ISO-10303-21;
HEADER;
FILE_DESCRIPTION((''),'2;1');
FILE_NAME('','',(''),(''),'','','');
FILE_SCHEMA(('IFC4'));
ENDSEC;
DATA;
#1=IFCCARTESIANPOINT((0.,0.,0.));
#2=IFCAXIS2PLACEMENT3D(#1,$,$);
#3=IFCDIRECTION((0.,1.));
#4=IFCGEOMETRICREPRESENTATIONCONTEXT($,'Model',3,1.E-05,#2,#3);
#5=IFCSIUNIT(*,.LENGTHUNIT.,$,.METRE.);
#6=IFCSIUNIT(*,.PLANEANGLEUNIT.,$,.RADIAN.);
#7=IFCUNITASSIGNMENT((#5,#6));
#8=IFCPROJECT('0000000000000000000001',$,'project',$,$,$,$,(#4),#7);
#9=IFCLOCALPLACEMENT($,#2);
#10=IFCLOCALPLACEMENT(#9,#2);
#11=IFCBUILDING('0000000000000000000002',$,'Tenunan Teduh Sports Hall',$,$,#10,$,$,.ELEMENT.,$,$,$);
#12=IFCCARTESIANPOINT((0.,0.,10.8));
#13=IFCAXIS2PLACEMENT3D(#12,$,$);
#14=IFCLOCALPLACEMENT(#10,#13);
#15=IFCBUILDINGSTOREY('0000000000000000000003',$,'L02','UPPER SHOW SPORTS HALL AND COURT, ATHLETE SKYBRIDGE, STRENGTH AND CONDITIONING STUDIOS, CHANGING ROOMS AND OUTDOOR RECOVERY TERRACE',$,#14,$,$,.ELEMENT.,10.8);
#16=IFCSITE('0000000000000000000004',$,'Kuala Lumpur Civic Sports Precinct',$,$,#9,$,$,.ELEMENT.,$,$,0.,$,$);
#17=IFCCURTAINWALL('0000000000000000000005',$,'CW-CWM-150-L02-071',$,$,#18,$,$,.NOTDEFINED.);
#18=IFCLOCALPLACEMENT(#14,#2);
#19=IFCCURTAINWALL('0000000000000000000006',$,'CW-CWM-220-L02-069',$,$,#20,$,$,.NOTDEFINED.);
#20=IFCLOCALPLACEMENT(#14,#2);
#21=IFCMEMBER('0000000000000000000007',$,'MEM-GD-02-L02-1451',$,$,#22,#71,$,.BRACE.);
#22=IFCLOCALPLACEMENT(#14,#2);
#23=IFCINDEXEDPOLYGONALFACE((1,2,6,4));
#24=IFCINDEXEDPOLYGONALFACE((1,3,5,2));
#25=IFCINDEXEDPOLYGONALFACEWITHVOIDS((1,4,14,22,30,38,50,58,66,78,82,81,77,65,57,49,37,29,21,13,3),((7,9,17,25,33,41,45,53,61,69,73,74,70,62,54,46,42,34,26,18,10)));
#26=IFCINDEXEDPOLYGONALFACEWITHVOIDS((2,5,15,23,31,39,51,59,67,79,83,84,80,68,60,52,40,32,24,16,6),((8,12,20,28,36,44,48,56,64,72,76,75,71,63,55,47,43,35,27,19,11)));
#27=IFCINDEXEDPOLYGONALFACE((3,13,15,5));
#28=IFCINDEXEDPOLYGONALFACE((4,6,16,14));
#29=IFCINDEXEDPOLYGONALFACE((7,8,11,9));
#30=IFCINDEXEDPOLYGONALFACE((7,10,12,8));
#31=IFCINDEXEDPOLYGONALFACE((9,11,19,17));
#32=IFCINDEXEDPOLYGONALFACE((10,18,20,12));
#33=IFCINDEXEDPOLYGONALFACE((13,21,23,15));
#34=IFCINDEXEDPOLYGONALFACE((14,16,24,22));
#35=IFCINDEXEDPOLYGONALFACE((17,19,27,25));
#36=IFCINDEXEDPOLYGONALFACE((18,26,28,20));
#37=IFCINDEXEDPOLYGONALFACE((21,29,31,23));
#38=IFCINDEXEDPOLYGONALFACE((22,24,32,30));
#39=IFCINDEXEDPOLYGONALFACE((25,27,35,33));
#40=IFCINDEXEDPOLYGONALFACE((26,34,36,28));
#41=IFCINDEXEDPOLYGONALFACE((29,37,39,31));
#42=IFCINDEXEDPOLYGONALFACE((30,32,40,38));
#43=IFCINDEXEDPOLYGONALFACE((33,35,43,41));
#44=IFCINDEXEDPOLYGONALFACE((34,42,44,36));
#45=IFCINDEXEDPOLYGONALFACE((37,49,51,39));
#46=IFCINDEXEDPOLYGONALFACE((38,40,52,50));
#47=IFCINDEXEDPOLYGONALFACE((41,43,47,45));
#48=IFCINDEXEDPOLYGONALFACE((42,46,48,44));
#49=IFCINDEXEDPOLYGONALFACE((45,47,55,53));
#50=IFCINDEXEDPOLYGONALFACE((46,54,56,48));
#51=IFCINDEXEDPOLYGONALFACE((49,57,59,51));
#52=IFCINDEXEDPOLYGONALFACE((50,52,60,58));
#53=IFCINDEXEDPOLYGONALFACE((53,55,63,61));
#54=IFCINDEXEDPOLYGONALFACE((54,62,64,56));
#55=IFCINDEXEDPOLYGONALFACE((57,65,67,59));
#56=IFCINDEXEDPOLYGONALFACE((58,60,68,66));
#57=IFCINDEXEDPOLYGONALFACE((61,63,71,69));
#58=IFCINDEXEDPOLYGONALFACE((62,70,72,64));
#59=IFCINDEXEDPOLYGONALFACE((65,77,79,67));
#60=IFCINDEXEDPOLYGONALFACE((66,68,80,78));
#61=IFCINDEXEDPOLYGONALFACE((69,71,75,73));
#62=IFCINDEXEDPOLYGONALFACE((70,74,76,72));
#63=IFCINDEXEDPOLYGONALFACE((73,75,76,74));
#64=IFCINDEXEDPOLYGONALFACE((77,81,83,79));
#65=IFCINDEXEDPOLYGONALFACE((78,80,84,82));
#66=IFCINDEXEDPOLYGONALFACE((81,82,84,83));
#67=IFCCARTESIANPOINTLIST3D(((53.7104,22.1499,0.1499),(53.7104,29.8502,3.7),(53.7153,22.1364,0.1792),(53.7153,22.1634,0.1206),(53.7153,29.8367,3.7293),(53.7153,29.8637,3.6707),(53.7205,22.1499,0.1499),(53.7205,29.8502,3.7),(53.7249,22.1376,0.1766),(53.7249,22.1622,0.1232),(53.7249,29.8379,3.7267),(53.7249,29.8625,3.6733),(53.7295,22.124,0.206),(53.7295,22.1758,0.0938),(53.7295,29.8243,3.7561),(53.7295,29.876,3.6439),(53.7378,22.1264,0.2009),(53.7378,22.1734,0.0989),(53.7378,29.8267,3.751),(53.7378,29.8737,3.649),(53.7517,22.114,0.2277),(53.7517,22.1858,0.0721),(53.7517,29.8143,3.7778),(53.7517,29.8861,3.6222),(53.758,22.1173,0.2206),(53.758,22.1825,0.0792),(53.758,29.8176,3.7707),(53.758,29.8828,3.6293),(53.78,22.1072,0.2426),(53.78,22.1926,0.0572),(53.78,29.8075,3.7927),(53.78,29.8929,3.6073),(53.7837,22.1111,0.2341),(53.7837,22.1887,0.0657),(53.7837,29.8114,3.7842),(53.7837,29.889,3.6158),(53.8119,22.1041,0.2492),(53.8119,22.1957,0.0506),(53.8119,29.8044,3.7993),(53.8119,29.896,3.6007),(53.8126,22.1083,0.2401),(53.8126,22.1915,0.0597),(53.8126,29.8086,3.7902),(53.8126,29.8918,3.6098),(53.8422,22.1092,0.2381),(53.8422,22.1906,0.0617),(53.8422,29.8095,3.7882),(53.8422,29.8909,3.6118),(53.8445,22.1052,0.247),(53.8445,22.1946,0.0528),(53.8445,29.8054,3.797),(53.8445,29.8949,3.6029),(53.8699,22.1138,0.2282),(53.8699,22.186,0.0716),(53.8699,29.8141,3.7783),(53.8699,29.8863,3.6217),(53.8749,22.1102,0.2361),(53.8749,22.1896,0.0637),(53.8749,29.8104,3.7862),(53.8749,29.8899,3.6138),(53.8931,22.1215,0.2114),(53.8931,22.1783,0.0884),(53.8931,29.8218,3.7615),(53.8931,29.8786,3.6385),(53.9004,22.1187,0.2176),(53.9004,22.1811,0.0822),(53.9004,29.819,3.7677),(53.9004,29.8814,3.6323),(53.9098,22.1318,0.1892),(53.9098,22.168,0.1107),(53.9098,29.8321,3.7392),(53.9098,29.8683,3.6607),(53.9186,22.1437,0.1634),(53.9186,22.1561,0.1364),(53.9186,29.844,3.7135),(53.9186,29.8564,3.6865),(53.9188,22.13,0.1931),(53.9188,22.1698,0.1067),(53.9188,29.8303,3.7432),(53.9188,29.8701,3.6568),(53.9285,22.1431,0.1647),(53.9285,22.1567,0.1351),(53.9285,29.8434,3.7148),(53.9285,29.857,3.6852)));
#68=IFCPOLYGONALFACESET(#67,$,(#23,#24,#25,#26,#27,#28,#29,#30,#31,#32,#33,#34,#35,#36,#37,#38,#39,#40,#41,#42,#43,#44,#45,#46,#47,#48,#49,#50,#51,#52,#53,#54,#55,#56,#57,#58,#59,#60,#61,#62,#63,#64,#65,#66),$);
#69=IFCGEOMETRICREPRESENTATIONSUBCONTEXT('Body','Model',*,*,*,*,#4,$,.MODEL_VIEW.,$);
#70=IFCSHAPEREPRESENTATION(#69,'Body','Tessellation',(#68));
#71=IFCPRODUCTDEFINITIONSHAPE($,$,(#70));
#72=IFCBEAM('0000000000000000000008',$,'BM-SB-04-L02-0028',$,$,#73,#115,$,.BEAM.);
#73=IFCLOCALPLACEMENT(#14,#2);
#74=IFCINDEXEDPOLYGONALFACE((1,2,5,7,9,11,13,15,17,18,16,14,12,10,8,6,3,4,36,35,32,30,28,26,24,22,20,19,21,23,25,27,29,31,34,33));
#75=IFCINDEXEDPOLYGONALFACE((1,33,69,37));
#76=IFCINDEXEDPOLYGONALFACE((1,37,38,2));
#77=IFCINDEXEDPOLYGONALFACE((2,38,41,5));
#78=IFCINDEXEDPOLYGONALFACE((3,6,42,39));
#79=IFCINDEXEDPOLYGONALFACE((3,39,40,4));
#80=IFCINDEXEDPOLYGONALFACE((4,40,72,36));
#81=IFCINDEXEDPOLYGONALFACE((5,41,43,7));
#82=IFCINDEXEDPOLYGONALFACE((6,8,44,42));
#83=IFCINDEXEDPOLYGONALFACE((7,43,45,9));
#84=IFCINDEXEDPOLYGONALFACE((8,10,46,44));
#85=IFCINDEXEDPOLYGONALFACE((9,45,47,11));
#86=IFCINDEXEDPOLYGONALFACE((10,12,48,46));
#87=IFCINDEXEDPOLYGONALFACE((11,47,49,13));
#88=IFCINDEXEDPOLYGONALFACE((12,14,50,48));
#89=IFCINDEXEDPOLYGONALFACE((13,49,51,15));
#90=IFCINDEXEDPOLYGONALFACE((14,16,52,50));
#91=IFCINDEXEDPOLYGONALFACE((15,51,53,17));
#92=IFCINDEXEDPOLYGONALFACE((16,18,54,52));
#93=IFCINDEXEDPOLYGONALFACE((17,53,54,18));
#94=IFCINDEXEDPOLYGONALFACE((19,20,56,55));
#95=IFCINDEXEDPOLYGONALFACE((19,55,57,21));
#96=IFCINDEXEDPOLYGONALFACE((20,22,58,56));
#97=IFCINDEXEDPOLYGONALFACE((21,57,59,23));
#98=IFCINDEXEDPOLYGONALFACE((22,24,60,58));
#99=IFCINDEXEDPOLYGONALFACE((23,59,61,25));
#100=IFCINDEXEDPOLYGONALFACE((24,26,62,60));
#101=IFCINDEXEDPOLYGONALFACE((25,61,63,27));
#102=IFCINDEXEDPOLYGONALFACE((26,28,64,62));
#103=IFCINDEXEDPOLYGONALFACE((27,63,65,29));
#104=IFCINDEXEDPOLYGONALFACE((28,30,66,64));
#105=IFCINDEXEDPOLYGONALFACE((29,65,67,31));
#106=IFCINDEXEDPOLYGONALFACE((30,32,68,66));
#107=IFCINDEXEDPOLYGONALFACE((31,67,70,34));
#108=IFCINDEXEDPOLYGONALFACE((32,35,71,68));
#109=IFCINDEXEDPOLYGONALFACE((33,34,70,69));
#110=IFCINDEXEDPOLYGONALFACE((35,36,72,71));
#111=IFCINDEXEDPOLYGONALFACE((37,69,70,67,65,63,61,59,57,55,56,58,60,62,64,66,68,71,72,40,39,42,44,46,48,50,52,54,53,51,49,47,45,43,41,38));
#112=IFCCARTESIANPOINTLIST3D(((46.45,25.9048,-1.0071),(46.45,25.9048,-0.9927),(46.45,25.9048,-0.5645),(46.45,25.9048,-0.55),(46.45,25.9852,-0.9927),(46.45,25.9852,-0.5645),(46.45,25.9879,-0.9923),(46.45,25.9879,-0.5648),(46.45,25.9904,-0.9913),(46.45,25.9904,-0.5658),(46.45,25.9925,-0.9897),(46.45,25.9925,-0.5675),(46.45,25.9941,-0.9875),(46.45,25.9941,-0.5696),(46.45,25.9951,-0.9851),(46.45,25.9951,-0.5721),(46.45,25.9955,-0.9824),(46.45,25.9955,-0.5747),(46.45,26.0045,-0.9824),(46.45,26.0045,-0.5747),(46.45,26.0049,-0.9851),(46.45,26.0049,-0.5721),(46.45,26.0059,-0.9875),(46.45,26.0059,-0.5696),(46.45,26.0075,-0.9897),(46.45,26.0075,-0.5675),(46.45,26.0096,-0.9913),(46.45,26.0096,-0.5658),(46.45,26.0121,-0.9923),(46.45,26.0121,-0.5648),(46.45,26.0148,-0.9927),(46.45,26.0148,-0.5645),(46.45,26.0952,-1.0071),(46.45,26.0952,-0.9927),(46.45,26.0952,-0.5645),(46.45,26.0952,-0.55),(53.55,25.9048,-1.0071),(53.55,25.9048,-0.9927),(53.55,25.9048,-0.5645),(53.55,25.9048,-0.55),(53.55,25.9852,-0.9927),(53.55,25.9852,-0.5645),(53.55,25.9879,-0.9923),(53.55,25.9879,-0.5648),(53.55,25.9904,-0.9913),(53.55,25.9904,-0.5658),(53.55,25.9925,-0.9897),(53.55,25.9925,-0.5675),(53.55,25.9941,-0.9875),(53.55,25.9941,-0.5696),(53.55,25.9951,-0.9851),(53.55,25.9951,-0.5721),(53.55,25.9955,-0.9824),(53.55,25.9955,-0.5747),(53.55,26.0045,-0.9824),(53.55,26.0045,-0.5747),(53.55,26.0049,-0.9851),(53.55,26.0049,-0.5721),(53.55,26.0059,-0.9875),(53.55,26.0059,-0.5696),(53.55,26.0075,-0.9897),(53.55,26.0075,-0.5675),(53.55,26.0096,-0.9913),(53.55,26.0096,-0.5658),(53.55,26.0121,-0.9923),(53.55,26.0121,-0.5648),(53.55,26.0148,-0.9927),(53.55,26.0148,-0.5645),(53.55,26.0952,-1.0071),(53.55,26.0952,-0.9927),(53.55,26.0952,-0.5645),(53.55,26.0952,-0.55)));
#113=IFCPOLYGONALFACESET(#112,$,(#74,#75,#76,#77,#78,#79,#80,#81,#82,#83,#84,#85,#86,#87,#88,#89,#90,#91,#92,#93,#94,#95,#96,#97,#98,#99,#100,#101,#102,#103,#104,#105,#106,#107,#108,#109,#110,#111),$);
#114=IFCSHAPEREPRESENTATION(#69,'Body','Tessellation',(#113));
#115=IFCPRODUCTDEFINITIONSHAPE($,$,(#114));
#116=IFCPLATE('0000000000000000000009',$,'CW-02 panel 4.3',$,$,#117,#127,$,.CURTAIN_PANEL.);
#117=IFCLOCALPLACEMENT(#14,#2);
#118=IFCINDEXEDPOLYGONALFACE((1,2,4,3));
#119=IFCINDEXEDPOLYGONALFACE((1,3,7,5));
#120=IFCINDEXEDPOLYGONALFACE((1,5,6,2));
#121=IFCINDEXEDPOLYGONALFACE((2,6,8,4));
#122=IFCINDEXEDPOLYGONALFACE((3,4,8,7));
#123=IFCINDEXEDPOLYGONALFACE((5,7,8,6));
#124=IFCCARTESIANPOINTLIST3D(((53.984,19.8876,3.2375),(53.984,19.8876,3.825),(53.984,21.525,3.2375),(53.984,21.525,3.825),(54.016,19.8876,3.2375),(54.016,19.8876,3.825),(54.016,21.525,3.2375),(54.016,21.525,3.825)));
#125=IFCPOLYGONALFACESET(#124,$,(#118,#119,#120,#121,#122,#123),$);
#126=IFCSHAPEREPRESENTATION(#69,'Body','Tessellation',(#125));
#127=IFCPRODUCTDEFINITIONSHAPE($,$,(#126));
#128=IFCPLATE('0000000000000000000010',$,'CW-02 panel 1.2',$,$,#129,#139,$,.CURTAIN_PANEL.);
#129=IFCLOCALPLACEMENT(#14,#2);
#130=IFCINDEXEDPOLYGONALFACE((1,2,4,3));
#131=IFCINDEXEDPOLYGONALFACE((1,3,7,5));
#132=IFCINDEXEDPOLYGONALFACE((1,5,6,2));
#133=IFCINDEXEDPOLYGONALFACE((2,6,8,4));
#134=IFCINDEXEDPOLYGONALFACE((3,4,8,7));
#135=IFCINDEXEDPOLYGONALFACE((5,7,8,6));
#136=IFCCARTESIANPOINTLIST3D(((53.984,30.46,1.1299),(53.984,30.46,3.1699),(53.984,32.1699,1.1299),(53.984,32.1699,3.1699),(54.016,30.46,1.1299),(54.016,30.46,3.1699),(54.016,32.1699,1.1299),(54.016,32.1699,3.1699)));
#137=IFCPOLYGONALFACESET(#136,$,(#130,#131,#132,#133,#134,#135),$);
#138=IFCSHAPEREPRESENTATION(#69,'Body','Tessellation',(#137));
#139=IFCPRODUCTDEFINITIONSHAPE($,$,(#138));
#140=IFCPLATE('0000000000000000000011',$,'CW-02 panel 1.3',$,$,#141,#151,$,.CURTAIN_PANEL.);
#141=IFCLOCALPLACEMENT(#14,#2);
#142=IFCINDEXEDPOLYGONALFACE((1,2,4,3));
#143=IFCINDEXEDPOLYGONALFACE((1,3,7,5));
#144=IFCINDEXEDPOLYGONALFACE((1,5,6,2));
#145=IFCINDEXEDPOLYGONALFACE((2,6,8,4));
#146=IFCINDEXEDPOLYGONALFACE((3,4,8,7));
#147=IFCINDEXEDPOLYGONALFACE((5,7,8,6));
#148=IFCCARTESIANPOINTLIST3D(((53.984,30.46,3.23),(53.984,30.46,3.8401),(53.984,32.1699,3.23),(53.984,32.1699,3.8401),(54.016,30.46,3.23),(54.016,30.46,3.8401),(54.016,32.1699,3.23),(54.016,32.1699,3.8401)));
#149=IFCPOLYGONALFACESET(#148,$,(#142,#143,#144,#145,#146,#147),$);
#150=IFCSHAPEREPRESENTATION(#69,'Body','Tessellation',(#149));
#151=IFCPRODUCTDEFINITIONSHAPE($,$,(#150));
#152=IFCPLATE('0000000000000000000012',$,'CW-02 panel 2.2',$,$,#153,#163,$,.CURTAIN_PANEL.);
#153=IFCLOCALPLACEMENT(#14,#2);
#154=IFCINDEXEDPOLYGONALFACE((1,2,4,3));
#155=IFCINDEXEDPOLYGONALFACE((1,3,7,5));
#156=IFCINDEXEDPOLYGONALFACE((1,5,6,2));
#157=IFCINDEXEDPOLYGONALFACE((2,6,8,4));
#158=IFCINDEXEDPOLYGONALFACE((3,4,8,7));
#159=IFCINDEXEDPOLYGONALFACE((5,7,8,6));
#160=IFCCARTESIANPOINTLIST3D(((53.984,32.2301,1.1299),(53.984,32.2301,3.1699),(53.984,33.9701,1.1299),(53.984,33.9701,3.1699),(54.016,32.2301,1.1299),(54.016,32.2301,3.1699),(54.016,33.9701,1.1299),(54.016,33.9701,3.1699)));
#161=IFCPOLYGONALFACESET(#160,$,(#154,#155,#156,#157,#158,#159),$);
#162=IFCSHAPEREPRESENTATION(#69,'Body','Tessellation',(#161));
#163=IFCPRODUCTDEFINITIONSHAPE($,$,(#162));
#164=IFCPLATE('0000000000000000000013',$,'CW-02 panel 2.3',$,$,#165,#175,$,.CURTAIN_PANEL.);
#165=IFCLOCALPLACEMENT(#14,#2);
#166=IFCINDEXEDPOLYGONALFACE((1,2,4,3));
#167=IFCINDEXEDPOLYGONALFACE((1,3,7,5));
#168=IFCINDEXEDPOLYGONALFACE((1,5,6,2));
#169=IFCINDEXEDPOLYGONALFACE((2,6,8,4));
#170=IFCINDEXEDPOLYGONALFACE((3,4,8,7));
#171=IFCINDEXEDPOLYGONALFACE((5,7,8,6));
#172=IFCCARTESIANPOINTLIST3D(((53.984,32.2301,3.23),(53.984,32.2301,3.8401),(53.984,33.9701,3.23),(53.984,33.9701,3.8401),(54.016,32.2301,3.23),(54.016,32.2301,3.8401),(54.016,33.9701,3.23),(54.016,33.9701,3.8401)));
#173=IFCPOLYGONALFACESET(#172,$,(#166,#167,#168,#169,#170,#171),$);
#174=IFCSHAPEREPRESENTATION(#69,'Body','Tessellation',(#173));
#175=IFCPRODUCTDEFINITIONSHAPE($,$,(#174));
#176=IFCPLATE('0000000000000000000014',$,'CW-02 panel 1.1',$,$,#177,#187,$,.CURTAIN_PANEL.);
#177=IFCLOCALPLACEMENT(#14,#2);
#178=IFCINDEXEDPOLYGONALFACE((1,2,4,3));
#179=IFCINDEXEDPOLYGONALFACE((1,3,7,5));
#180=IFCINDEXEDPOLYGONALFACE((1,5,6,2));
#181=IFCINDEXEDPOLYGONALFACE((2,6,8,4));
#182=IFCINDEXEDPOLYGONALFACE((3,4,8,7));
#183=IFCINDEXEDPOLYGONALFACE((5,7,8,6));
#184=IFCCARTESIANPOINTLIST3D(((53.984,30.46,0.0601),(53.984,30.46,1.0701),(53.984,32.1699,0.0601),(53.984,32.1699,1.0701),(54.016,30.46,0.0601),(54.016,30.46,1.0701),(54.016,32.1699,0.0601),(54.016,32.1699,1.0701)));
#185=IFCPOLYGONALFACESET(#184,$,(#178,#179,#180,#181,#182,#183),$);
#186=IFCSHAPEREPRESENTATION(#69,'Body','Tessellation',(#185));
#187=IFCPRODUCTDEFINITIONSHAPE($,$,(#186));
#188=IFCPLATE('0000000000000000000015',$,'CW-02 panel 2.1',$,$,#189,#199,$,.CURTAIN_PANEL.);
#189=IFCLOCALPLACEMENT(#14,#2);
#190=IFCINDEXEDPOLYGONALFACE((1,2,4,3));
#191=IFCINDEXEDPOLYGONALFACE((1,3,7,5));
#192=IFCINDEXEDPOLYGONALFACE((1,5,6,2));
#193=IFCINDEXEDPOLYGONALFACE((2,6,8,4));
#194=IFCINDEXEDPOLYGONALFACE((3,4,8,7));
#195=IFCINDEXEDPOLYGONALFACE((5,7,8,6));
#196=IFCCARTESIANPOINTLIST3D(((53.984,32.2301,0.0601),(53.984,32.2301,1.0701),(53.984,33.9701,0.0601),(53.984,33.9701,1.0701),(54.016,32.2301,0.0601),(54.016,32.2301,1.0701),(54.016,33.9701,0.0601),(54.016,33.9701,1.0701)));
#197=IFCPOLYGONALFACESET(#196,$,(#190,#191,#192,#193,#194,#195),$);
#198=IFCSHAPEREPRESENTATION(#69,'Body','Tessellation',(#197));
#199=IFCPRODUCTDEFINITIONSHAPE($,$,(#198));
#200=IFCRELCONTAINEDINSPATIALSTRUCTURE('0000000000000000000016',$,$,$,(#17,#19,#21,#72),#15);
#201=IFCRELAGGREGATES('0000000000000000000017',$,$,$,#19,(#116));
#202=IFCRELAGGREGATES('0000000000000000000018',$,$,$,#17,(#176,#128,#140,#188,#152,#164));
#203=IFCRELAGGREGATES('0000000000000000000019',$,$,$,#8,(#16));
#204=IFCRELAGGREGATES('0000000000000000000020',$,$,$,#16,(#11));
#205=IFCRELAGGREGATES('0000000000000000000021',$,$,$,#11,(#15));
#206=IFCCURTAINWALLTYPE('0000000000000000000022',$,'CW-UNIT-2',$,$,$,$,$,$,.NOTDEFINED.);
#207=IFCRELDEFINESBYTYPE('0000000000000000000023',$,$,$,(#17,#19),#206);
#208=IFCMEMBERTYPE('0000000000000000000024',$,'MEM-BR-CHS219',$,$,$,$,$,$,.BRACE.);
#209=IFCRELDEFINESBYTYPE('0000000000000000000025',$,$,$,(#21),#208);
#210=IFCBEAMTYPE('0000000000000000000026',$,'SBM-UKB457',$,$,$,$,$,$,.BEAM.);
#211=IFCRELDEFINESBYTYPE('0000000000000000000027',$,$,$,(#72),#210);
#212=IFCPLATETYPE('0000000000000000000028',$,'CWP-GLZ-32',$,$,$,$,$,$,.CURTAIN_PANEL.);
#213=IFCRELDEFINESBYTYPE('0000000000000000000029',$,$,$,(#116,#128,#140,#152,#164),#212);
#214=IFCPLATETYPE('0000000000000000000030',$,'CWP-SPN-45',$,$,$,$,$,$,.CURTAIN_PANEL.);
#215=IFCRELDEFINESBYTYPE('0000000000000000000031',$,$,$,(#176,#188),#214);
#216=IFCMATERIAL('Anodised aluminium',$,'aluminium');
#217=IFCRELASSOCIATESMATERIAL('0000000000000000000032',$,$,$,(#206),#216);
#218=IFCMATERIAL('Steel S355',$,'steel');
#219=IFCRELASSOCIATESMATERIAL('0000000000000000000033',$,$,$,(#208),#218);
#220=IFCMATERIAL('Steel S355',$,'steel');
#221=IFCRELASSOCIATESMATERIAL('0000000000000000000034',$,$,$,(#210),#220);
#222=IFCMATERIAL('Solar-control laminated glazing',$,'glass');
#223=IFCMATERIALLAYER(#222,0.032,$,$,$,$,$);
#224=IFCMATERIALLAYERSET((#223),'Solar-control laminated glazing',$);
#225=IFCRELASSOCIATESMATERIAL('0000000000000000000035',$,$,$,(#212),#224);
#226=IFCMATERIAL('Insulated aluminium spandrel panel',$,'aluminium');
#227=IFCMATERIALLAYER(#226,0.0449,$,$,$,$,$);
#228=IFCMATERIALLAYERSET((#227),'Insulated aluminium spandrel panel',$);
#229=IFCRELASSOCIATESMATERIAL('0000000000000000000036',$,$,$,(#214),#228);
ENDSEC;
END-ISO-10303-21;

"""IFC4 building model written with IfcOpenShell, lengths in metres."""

from ifc_helpers import new_model, si_unit, direction, frame, origin, origin_2d, place, context, subcontext, project, spatial, rectangle, hollow_circle, i_section, extrude, material, layer, layer_set, material_profile, profile_set, type_object, element, aggregate, save


model = new_model("IFC4")

# Units and contexts
model_context = context("Model", 3, precision=1e-05, world=origin(), true_north=direction((0.0, 1.0)))
body_context = subcontext(model_context, "Body", "Model", "MODEL_VIEW")
ifc_project = project(units=[si_unit("LENGTHUNIT", "METRE"), si_unit("PLANEANGLEUNIT", "RADIAN")], contexts=[model_context])

# Site, building, storey
site_placement = place(None, origin())
site = spatial("IfcSite", under=ifc_project, at=site_placement, Name="Kuala Lumpur Civic Sports Precinct", CompositionType="ELEMENT", RefElevation=0.0)
building_placement = place(site_placement, origin())
building = spatial("IfcBuilding", under=site, at=building_placement, Name="Tenunan Teduh Sports Hall", CompositionType="ELEMENT")
storey_placement = place(building_placement, frame((0.0, 0.0, 10.8)))
storey = spatial("IfcBuildingStorey", under=building, at=storey_placement, Name="L02", Description="UPPER SHOW SPORTS HALL AND COURT, ATHLETE SKYBRIDGE, STRENGTH AND CONDITIONING STUDIOS, CHANGING ROOMS AND OUTDOOR RECOVERY TERRACE", CompositionType="ELEMENT", Elevation=10.8)

# Curtain wall
ifc_material_1 = material(Name="Anodised aluminium", Category="aluminium")
curtain_wall_type = type_object("IfcCurtainWallType", Name="CW-UNIT-2", PredefinedType="NOTDEFINED", material=ifc_material_1)
curtain_wall_1_placement = place(storey_placement, origin())
curtain_wall_1 = element("IfcCurtainWall", 1, at=curtain_wall_1_placement, inside=storey, type_object=curtain_wall_type, Name="CW-CWM-150-L02-071", PredefinedType="NOTDEFINED")

# Curtain wall
curtain_wall_2_placement = place(storey_placement, origin())
curtain_wall_2 = element("IfcCurtainWall", 2, at=curtain_wall_2_placement, inside=storey, type_object=curtain_wall_type, Name="CW-CWM-220-L02-069", PredefinedType="NOTDEFINED")

# Member
ifc_material_2 = material(Name="Steel S355", Category="steel")
ifc_material_profile_1 = material_profile(ifc_material_2, hollow_circle(Radius=0.1096, WallThickness=0.01, at=origin_2d()), Name="CHS 219.1x10.0")
ifc_profile_set_1 = profile_set([ifc_material_profile_1], Name="Steel S355")
member_type_1 = type_object("IfcMemberType", Name="MEM-BR-CHS219", PredefinedType="BRACE", material=ifc_profile_set_1)
member_1_placement = place(storey_placement, frame((53.8201, 22.1499, 0.1499), z_axis=(0.0, 0.908134, 0.41868), x_axis=(-1.0, 0.0, 0.0)))
element("IfcMember", 3, at=member_1_placement, inside=storey, type_object=member_type_1, Name="MEM-GD-02-L02-1451", PredefinedType="BRACE", context=body_context, shape_type="SweptSolid", body=[
    extrude(hollow_circle(Radius=0.1096, WallThickness=0.01, at=origin_2d()), origin(), (0.0, 0.0, 1.0), 8.4792),
])

# Beam
ifc_material_3 = material(Name="Steel S355", Category="steel")
ifc_material_profile_2 = material_profile(ifc_material_3, i_section(OverallWidth=0.1904, OverallDepth=0.457, WebThickness=0.009, FlangeThickness=0.0144, FilletRadius=0.0103, at=origin_2d()), Name="UKB 457x191x74")
ifc_profile_set_2 = profile_set([ifc_material_profile_2], Name="Steel S355")
beam_type = type_object("IfcBeamType", Name="SBM-UKB457", PredefinedType="BEAM", material=ifc_profile_set_2)
beam_placement = place(storey_placement, frame((46.45, 26.0, -0.7786), z_axis=(1.0, 0.0, 0.0), x_axis=(0.0, 1.0, 0.0)))
element("IfcBeam", 4, at=beam_placement, inside=storey, type_object=beam_type, Name="BM-SB-04-L02-0028", PredefinedType="BEAM", context=body_context, shape_type="SweptSolid", body=[
    extrude(i_section(OverallWidth=0.1904, OverallDepth=0.457, WebThickness=0.009, FlangeThickness=0.0144, FilletRadius=0.0103, at=origin_2d()), origin(), (0.0, 0.0, 1.0), 7.1001),
])

# Plates
ifc_material_4 = material(Name="Solar-control laminated glazing", Category="glass")
ifc_layer_1 = layer(ifc_material_4, 0.032)
ifc_layer_set_1 = layer_set([ifc_layer_1], Name="Solar-control laminated glazing")
plate_type_1 = type_object("IfcPlateType", Name="CWP-GLZ-32", PredefinedType="CURTAIN_PANEL", material=ifc_layer_set_1)
plate_1_placement = place(storey_placement, frame((54.0, 20.7063, 3.2375), z_axis=(0.0, 0.0, 1.0), x_axis=(0.0, 1.0, 0.0)))
plate_1 = element("IfcPlate", 5, at=plate_1_placement, type_object=plate_type_1, Name="CW-02 panel 4.3", PredefinedType="CURTAIN_PANEL", context=body_context, shape_type="SweptSolid", body=[
    extrude(rectangle(XDim=1.6375, YDim=0.032, at=origin_2d()), origin(), (0.0, 0.0, 1.0), 0.5874),
])
aggregate(curtain_wall_2, [plate_1])
plate_2_placement = place(storey_placement, frame((54.0, 31.3149, 1.1299), z_axis=(0.0, 0.0, 1.0), x_axis=(0.0, 1.0, 0.0)))
plate_2 = element("IfcPlate", 6, at=plate_2_placement, type_object=plate_type_1, Name="CW-02 panel 1.2", PredefinedType="CURTAIN_PANEL", context=body_context, shape_type="SweptSolid", body=[
    extrude(rectangle(XDim=1.71, YDim=0.032, at=origin_2d()), origin(), (0.0, 0.0, 1.0), 2.04),
])
plate_3_placement = place(storey_placement, frame((54.0, 31.3149, 3.23), z_axis=(0.0, 0.0, 1.0), x_axis=(0.0, 1.0, 0.0)))
plate_3 = element("IfcPlate", 7, at=plate_3_placement, type_object=plate_type_1, Name="CW-02 panel 1.3", PredefinedType="CURTAIN_PANEL", context=body_context, shape_type="SweptSolid", body=[
    extrude(rectangle(XDim=1.71, YDim=0.032, at=origin_2d()), origin(), (0.0, 0.0, 1.0), 0.6101),
])
plate_4_placement = place(storey_placement, frame((54.0, 33.1001, 1.1299), z_axis=(0.0, 0.0, 1.0), x_axis=(0.0, 1.0, 0.0)))
plate_4 = element("IfcPlate", 8, at=plate_4_placement, type_object=plate_type_1, Name="CW-02 panel 2.2", PredefinedType="CURTAIN_PANEL", context=body_context, shape_type="SweptSolid", body=[
    extrude(rectangle(XDim=1.74, YDim=0.032, at=origin_2d()), origin(), (0.0, 0.0, 1.0), 2.04),
])
plate_5_placement = place(storey_placement, frame((54.0, 33.1001, 3.23), z_axis=(0.0, 0.0, 1.0), x_axis=(0.0, 1.0, 0.0)))
plate_5 = element("IfcPlate", 9, at=plate_5_placement, type_object=plate_type_1, Name="CW-02 panel 2.3", PredefinedType="CURTAIN_PANEL", context=body_context, shape_type="SweptSolid", body=[
    extrude(rectangle(XDim=1.74, YDim=0.032, at=origin_2d()), origin(), (0.0, 0.0, 1.0), 0.6101),
])
ifc_material_5 = material(Name="Insulated aluminium spandrel panel", Category="aluminium")
ifc_layer_2 = layer(ifc_material_5, 0.0449)
ifc_layer_set_2 = layer_set([ifc_layer_2], Name="Insulated aluminium spandrel panel")
plate_type_2 = type_object("IfcPlateType", Name="CWP-SPN-45", PredefinedType="CURTAIN_PANEL", material=ifc_layer_set_2)
plate_6_placement = place(storey_placement, frame((54.0, 31.3149, 0.0601), z_axis=(0.0, 0.0, 1.0), x_axis=(0.0, 1.0, 0.0)))
plate_6 = element("IfcPlate", 10, at=plate_6_placement, type_object=plate_type_2, Name="CW-02 panel 1.1", PredefinedType="CURTAIN_PANEL", context=body_context, shape_type="SweptSolid", body=[
    extrude(rectangle(XDim=1.71, YDim=0.032, at=origin_2d()), origin(), (0.0, 0.0, 1.0), 1.01),
])
plate_7_placement = place(storey_placement, frame((54.0, 33.1001, 0.0601), z_axis=(0.0, 0.0, 1.0), x_axis=(0.0, 1.0, 0.0)))
plate_7 = element("IfcPlate", 11, at=plate_7_placement, type_object=plate_type_2, Name="CW-02 panel 2.1", PredefinedType="CURTAIN_PANEL", context=body_context, shape_type="SweptSolid", body=[
    extrude(rectangle(XDim=1.74, YDim=0.032, at=origin_2d()), origin(), (0.0, 0.0, 1.0), 1.01),
])
aggregate(curtain_wall_1, [plate_6, plate_2, plate_3, plate_7, plate_4, plate_5])

save(model, "model.ifc")
